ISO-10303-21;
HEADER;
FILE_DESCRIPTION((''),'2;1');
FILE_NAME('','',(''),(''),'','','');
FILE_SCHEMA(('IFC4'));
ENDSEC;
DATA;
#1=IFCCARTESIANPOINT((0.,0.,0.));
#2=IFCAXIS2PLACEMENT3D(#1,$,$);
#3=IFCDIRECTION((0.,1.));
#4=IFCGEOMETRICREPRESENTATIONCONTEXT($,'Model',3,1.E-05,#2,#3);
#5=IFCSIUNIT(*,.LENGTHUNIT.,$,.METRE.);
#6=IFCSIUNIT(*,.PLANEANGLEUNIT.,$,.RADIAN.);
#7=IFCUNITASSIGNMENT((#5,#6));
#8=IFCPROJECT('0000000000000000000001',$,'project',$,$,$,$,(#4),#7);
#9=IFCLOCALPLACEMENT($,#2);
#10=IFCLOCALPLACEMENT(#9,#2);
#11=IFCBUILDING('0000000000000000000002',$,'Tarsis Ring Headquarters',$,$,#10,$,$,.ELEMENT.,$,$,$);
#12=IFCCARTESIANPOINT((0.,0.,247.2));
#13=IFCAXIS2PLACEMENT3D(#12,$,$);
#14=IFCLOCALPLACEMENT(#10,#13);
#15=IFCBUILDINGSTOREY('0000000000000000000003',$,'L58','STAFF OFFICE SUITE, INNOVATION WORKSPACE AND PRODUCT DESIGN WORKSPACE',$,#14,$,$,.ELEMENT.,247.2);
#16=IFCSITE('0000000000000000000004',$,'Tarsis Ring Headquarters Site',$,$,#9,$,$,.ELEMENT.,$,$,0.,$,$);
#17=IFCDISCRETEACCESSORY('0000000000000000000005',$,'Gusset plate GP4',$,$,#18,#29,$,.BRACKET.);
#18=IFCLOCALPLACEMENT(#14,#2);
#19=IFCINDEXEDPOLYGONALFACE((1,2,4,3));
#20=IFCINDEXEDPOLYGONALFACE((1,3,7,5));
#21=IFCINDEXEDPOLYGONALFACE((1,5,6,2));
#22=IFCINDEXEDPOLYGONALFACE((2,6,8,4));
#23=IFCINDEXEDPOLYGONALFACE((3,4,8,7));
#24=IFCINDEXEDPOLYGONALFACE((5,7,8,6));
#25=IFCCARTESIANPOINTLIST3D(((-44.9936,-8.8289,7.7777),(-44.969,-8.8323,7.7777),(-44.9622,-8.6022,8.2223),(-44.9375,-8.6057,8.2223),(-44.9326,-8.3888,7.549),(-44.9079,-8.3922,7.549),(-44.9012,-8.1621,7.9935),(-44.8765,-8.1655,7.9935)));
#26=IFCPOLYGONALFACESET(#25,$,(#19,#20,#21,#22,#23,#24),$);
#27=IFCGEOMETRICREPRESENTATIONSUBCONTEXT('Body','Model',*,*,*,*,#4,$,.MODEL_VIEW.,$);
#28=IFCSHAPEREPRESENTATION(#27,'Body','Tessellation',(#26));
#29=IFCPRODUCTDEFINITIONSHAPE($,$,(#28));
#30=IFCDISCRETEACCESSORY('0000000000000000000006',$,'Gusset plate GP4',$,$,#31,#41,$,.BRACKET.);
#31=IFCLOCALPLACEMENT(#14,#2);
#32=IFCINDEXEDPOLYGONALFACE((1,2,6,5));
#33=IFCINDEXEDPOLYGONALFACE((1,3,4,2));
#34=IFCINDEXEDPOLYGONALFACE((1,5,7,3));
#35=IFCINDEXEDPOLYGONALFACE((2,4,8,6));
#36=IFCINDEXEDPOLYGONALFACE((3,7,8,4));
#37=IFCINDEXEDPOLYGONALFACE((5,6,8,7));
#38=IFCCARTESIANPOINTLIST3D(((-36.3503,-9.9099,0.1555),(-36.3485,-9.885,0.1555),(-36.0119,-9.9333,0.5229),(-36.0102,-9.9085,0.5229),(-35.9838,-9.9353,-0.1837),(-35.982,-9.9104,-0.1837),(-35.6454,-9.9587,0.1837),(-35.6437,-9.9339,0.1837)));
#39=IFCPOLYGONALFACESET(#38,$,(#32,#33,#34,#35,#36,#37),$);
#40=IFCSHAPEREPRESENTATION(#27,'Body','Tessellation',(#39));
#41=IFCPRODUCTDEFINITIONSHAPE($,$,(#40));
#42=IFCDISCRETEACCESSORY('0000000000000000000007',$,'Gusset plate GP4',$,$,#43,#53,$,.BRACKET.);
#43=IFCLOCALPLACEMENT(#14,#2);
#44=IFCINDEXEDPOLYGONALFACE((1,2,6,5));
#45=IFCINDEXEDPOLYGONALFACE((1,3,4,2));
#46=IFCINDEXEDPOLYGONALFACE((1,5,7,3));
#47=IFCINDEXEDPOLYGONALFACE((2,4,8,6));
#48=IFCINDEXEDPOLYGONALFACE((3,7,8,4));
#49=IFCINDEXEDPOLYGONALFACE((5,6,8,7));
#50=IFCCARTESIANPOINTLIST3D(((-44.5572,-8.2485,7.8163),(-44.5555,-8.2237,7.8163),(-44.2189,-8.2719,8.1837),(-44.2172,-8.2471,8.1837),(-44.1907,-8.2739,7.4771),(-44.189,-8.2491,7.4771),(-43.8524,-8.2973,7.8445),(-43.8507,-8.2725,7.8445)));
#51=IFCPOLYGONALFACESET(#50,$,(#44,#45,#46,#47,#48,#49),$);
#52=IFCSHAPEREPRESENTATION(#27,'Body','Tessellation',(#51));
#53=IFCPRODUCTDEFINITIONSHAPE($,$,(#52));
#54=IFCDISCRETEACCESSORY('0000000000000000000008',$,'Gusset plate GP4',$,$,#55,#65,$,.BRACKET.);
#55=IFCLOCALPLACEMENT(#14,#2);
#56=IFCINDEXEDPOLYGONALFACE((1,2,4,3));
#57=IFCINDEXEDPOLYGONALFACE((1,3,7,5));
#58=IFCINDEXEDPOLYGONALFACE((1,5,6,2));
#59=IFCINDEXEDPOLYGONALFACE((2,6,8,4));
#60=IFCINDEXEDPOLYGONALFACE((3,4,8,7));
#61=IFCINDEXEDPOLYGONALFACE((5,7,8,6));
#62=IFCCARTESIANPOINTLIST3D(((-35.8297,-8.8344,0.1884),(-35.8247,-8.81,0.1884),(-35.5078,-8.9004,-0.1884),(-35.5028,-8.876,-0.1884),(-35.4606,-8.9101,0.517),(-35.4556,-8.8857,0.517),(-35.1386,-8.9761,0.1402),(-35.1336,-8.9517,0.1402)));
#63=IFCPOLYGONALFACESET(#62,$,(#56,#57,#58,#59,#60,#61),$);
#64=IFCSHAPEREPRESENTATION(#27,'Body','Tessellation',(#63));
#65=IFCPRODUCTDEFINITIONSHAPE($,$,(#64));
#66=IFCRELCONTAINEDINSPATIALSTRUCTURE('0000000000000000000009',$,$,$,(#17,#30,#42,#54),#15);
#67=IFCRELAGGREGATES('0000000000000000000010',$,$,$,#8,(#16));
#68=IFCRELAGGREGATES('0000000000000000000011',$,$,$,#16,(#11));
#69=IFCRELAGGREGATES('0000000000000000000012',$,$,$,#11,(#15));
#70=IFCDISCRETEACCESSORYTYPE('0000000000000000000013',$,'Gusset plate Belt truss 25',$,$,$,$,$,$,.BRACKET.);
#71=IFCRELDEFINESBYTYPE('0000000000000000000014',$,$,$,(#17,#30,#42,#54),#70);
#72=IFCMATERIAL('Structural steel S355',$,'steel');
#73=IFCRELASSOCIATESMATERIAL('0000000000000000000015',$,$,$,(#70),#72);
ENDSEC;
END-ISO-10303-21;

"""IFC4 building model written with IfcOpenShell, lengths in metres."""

from ifc_helpers import new_model, si_unit, direction, frame, origin, origin_2d, place, context, subcontext, project, spatial, rectangle, extrude, material, material_profile, profile_set, type_object, element, save


model = new_model("IFC4")

# Units and contexts
model_context = context("Model", 3, precision=1e-05, world=origin(), true_north=direction((0.0, 1.0)))
body_context = subcontext(model_context, "Body", "Model", "MODEL_VIEW")
ifc_project = project(units=[si_unit("LENGTHUNIT", "METRE"), si_unit("PLANEANGLEUNIT", "RADIAN")], contexts=[model_context])

# Site, building, storey
site_placement = place(None, origin())
site = spatial("IfcSite", under=ifc_project, at=site_placement, Name="Tarsis Ring Headquarters Site", CompositionType="ELEMENT", RefElevation=0.0)
building_placement = place(site_placement, origin())
building = spatial("IfcBuilding", under=site, at=building_placement, Name="Tarsis Ring Headquarters", CompositionType="ELEMENT")
storey_placement = place(building_placement, frame((0.0, 0.0, 247.2)))
storey = spatial("IfcBuildingStorey", under=building, at=storey_placement, Name="L58", Description="STAFF OFFICE SUITE, INNOVATION WORKSPACE AND PRODUCT DESIGN WORKSPACE", CompositionType="ELEMENT", Elevation=247.2)

# Shared definitions
ifc_material_1 = material(Name="Structural steel S355", Category="steel")

# Discrete accessories
ifc_material_profile_1 = material_profile(ifc_material_1, rectangle(XDim=0.0249, YDim=0.5, at=origin_2d()), Name="PL 25x500")
ifc_profile_set_1 = profile_set([ifc_material_profile_1], Name="Structural steel S355")
discrete_accessory_type = type_object("IfcDiscreteAccessoryType", Name="Gusset plate Belt truss 25", PredefinedType="BRACKET", material=ifc_profile_set_1)
discrete_accessory_placement = place(storey_placement, frame((-44.9656, -8.7173, 8.0), z_axis=(0.122114, 0.880689, -0.457685), x_axis=(-0.990523, 0.137344, 0.0)))
element("IfcDiscreteAccessory", 1, at=discrete_accessory_placement, inside=storey, type_object=discrete_accessory_type, Name="Gusset plate GP4", PredefinedType="BRACKET", context=body_context, shape_type="SweptSolid", body=[
    extrude(rectangle(XDim=0.0249, YDim=0.5, at=origin_2d()), origin(), (0.0, 0.0, 1.0), 0.4998),
])
for number, where, z_axis, x_axis, name in (
    (2, (-35.8137, -9.9346, 0.0), (-0.733012, 0.050788, 0.678317), (-0.069121, -0.997608, 0.0), "Gusset plate GP4"),
    (3, (-44.3872, -8.2478, 8.0), (0.733012, -0.050788, -0.678317), (0.069121, 0.997608, 0.0), "Gusset plate GP4"),
    (4, (-35.6663, -8.8552, 0.0), (0.738312, -0.151373, 0.657254), (0.200848, 0.979622, 0.0), "Gusset plate GP4"),
):
    element("IfcDiscreteAccessory", number, at=place(storey_placement, frame(where, z_axis=z_axis, x_axis=x_axis)), inside=storey, type_object=discrete_accessory_type, Name=name, PredefinedType="BRACKET", context=body_context, shape_type="SweptSolid", body=[
        extrude(rectangle(XDim=0.0249, YDim=0.5, at=origin_2d()), origin(), (0.0, 0.0, 1.0), 0.5),
    ])

save(model, "model.ifc")
